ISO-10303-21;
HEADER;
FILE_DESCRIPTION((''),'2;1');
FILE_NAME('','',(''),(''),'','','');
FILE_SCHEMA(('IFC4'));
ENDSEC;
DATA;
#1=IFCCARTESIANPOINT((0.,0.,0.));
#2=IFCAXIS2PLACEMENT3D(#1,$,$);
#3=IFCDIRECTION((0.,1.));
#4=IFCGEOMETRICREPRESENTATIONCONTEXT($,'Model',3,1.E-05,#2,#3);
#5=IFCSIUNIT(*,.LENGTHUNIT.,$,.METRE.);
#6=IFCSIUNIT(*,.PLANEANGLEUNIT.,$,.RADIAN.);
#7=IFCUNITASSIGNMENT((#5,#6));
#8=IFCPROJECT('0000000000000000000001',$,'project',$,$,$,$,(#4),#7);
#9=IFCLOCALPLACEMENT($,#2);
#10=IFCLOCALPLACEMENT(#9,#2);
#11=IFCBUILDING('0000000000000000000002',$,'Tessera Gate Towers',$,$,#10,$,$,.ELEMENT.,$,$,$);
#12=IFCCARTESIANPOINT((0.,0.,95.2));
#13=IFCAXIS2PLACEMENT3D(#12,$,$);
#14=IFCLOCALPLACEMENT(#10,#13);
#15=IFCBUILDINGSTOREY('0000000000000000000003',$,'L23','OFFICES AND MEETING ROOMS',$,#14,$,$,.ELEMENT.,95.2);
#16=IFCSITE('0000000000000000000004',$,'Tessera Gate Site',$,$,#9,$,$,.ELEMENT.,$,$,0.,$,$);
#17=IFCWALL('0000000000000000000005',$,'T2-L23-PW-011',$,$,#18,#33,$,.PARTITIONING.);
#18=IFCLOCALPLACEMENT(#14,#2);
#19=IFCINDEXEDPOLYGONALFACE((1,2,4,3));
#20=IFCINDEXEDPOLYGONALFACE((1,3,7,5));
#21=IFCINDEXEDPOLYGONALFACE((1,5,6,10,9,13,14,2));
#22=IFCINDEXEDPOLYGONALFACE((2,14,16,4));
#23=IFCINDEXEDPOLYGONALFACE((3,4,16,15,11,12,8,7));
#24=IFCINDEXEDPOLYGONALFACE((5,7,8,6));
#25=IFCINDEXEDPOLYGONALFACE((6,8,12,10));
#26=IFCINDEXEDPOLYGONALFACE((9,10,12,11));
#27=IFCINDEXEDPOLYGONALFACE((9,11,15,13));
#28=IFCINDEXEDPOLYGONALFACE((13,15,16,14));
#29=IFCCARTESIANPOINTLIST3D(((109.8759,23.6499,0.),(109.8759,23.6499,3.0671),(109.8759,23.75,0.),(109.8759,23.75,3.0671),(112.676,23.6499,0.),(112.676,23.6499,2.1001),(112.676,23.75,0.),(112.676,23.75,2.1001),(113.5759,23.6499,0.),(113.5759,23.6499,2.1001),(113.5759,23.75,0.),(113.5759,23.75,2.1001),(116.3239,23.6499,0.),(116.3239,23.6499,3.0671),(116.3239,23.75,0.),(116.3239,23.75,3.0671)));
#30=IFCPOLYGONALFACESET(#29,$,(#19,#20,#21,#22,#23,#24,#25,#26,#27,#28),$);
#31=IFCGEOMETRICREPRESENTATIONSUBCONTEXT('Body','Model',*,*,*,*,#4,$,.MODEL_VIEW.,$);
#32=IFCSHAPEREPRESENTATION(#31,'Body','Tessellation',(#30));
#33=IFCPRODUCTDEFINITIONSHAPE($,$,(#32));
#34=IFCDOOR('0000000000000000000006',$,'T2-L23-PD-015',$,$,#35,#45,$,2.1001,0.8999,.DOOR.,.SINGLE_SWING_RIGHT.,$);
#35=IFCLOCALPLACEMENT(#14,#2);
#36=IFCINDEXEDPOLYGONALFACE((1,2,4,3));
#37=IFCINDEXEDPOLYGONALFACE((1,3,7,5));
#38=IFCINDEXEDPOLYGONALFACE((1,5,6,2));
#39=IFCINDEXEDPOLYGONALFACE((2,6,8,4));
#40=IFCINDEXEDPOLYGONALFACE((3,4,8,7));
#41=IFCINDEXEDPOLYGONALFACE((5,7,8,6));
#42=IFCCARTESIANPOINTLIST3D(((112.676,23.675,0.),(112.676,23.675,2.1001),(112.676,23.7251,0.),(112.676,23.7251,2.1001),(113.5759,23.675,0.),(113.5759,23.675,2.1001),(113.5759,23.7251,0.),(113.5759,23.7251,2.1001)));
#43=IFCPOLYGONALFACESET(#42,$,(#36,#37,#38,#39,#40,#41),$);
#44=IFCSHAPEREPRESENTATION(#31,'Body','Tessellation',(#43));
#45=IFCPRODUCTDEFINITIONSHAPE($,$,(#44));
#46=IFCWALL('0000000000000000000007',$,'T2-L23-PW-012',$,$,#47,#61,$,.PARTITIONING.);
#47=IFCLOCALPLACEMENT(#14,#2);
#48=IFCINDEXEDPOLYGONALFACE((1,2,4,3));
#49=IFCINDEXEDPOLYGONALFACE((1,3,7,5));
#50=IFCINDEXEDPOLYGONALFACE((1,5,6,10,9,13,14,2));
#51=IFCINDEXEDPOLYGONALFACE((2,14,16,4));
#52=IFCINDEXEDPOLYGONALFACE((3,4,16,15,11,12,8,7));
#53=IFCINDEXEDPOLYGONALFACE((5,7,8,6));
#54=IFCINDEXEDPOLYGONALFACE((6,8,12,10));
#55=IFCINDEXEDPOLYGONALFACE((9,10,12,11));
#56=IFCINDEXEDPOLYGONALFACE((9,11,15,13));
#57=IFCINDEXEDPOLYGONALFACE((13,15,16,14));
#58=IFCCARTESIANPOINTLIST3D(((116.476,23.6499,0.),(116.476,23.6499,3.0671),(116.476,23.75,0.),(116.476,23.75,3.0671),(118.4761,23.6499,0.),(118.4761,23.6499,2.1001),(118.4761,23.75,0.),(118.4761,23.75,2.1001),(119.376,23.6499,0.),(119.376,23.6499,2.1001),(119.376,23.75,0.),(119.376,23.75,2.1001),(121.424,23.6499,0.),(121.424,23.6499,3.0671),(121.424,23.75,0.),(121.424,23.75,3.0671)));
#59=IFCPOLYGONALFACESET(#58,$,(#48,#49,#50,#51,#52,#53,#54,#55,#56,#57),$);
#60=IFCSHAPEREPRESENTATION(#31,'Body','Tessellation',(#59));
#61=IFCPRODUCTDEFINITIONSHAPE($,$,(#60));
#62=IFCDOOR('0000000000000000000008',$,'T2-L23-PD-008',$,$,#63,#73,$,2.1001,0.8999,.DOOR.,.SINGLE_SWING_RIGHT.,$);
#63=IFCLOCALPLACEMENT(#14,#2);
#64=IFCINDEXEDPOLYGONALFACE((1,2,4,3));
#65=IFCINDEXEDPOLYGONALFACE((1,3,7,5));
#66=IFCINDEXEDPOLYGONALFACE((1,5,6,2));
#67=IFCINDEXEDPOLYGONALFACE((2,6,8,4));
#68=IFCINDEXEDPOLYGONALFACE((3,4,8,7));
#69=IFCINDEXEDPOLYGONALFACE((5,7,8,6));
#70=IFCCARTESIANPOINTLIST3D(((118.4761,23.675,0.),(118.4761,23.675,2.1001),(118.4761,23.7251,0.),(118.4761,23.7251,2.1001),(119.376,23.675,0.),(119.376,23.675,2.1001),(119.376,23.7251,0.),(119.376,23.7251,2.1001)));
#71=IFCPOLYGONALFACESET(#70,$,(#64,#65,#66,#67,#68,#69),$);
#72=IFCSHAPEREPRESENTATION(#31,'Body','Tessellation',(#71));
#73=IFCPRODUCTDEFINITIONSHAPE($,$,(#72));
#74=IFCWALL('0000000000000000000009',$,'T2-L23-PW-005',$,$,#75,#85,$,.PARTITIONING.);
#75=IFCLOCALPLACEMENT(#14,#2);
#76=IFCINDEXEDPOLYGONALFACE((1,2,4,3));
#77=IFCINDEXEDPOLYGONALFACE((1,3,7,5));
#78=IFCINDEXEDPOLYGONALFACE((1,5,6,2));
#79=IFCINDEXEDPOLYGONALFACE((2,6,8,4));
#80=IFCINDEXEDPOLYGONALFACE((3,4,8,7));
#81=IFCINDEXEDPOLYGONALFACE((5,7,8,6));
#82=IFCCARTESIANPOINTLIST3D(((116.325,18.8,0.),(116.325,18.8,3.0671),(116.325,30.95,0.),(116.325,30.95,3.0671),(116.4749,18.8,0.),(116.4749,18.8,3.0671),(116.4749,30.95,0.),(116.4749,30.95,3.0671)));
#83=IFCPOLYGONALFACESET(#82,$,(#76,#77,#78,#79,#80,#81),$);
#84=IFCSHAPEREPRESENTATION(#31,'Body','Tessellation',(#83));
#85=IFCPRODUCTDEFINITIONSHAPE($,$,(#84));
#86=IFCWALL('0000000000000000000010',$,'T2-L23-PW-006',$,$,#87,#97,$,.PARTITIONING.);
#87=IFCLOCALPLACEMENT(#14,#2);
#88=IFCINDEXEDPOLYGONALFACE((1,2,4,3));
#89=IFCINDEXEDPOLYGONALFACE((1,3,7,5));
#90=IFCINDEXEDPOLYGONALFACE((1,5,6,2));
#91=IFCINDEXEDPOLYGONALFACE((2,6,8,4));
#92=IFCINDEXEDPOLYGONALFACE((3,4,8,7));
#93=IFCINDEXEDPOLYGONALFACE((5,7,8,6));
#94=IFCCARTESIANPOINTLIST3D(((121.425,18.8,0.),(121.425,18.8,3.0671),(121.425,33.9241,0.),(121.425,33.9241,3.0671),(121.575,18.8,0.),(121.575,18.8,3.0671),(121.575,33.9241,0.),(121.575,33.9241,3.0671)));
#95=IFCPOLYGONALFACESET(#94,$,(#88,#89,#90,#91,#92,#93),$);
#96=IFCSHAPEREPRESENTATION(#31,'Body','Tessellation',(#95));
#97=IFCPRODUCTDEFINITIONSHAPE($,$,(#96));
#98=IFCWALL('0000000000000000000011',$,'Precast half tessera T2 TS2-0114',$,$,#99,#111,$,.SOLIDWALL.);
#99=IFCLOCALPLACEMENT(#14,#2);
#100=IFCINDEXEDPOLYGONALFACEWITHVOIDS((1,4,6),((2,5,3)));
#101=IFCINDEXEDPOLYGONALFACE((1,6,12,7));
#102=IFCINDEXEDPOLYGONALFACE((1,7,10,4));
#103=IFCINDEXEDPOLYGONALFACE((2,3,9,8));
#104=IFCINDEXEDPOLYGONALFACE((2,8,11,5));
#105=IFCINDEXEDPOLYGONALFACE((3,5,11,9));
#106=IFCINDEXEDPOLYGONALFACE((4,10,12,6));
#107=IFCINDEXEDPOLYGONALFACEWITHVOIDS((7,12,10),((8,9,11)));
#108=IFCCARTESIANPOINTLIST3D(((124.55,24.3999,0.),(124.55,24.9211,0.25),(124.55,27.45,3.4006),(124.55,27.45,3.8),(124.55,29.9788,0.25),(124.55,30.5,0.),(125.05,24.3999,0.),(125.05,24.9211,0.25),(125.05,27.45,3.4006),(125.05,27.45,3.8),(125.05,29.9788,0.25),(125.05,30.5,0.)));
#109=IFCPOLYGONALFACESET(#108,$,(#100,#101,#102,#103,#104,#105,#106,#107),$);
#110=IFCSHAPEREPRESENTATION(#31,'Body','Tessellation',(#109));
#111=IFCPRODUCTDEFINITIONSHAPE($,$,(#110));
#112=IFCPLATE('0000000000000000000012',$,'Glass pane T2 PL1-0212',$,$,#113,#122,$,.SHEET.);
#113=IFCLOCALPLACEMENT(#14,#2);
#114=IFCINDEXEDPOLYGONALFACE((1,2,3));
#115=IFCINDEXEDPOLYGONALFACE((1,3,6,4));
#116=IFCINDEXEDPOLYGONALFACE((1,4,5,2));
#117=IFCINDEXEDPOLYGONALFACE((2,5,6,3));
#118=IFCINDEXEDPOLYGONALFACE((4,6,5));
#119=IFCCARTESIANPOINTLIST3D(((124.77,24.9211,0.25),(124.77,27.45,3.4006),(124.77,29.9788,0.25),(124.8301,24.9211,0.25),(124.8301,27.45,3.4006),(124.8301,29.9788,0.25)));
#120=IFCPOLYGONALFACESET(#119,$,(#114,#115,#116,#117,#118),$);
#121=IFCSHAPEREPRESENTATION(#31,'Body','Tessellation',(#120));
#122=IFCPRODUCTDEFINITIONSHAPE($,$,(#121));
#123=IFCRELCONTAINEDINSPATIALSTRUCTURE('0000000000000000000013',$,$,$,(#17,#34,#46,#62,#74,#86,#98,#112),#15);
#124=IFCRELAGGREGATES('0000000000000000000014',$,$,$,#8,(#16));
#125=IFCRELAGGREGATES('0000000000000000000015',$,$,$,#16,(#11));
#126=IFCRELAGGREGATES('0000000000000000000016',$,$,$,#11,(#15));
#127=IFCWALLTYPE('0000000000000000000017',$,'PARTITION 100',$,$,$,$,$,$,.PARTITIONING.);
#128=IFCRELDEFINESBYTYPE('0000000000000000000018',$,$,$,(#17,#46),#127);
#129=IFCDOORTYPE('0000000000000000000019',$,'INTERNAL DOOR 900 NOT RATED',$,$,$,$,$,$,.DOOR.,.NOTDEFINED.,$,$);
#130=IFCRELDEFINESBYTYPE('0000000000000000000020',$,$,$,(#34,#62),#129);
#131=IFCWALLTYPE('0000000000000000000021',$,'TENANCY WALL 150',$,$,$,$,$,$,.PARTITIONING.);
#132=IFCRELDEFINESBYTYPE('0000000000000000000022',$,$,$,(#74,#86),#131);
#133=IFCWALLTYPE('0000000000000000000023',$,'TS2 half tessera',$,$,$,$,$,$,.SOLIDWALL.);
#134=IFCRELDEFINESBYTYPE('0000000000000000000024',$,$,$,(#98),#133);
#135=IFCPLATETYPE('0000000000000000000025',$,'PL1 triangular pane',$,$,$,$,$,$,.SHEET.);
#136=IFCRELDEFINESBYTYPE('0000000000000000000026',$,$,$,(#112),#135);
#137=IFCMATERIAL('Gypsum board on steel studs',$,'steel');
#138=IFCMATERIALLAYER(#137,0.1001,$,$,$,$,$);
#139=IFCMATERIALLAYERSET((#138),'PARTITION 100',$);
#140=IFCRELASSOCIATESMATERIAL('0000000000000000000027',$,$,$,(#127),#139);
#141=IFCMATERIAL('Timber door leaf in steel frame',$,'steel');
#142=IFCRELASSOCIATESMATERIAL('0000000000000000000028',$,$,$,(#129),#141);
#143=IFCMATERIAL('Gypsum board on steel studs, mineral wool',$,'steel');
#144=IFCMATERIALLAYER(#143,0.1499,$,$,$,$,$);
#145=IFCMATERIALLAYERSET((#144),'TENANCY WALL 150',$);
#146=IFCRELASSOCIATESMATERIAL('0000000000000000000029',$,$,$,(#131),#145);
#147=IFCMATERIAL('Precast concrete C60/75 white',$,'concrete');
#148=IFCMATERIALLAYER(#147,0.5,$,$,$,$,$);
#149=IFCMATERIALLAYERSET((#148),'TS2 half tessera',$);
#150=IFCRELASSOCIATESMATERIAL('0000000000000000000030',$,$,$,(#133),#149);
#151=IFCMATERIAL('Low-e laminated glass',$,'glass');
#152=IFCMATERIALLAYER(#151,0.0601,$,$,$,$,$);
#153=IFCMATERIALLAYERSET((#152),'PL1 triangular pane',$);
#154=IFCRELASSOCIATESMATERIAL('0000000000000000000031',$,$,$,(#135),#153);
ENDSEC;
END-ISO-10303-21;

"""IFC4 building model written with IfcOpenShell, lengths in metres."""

from ifc_helpers import new_model, si_unit, direction, frame, frame_2d, origin, place, context, subcontext, project, spatial, polyline, rectangle, outline, extrude, source, transform, mapped, material, layer, layer_set, type_object, element, fill, save


model = new_model("IFC4")

# Units and contexts
model_context = context("Model", 3, precision=1e-05, world=origin(), true_north=direction((0.0, 1.0)))
body_context = subcontext(model_context, "Body", "Model", "MODEL_VIEW")
ifc_project = project(units=[si_unit("LENGTHUNIT", "METRE"), si_unit("PLANEANGLEUNIT", "RADIAN")], contexts=[model_context])

# Site, building, storey
site_placement = place(None, origin())
site = spatial("IfcSite", under=ifc_project, at=site_placement, Name="Tessera Gate Site", CompositionType="ELEMENT", RefElevation=0.0)
building_placement = place(site_placement, origin())
building = spatial("IfcBuilding", under=site, at=building_placement, Name="Tessera Gate Towers", CompositionType="ELEMENT")
storey_placement = place(building_placement, frame((0.0, 0.0, 95.2)))
storey = spatial("IfcBuildingStorey", under=building, at=storey_placement, Name="L23", Description="OFFICES AND MEETING ROOMS", CompositionType="ELEMENT", Elevation=95.2)

# Walls, openings, doors
ifc_material_1 = material(Name="Gypsum board on steel studs", Category="steel")
ifc_layer_1 = layer(ifc_material_1, 0.1001)
ifc_layer_set_1 = layer_set([ifc_layer_1], Name="PARTITION 100")
wall_type_1 = type_object("IfcWallType", Name="PARTITION 100", PredefinedType="PARTITIONING", material=ifc_layer_set_1)
wall_1_placement = place(storey_placement, frame((116.324, 23.7, 0.0), z_axis=(0.0, 0.0, 1.0), x_axis=(-1.0, 0.0, 0.0)))
wall_1 = element("IfcWall", 1, at=wall_1_placement, inside=storey, type_object=wall_type_1, Name="T2-L23-PW-011", PredefinedType="PARTITIONING", context=body_context, shape_type="SweptSolid", body=[
    extrude(rectangle(XDim=6.448, YDim=0.1001, at=frame_2d((3.2241, 0.0))), origin(), (0.0, 0.0, 1.0), 3.0671),
])
shared_shape_1 = source(origin(), body_context, "Body", "SweptSolid", [
    extrude(rectangle(XDim=0.8999, YDim=2.1001, at=frame_2d((0.45, 1.05))), frame((0.0, 0.0601, 0.0), z_axis=(0.0, -1.0, 0.0), x_axis=(1.0, 0.0, 0.0)), (0.0, 0.0, 1.0), 0.1201),
])
opening_1_placement = place(wall_1_placement, frame((2.748, 0.0, 0.0)))
opening_1 = element("IfcOpeningElement", 2, at=opening_1_placement, cuts=wall_1, PredefinedType="OPENING", context=body_context, shape_type="MappedRepresentation", body=[
    mapped(shared_shape_1, transform((0.0, 0.0, 0.0), scale=1.0)),
])
ifc_material_2 = material(Name="Timber door leaf in steel frame", Category="steel")
door_type = type_object("IfcDoorType", Name="INTERNAL DOOR 900 NOT RATED", OperationType="NOTDEFINED", PredefinedType="DOOR", material=ifc_material_2)
shared_shape_2 = source(origin(), body_context, "Body", "SweptSolid", [
    extrude(rectangle(XDim=0.8999, YDim=2.1001, at=frame_2d((0.45, 1.05))), frame((0.0, 0.0249, 0.0), z_axis=(0.0, -1.0, 0.0), x_axis=(1.0, 0.0, 0.0)), (0.0, 0.0, 1.0), 0.05),
])
door_1_placement = place(opening_1_placement, origin())
door_1 = element("IfcDoor", 3, at=door_1_placement, inside=storey, type_object=door_type, Name="T2-L23-PD-015", OperationType="SINGLE_SWING_RIGHT", OverallHeight=2.1001, OverallWidth=0.8999, PredefinedType="DOOR", context=body_context, shape_type="MappedRepresentation", body=[
    mapped(shared_shape_2, transform((0.0, 0.0, 0.0), scale=1.0)),
])
fill(opening_1, door_1)
wall_2_placement = place(storey_placement, frame((121.4241, 23.7, 0.0), z_axis=(0.0, 0.0, 1.0), x_axis=(-1.0, 0.0, 0.0)))
wall_2 = element("IfcWall", 4, at=wall_2_placement, inside=storey, type_object=wall_type_1, Name="T2-L23-PW-012", PredefinedType="PARTITIONING", context=body_context, shape_type="SweptSolid", body=[
    extrude(rectangle(XDim=4.948, YDim=0.1001, at=frame_2d((2.4741, 0.0))), origin(), (0.0, 0.0, 1.0), 3.0671),
])
opening_2_placement = place(wall_2_placement, frame((2.0481, 0.0, 0.0)))
opening_2 = element("IfcOpeningElement", 5, at=opening_2_placement, cuts=wall_2, PredefinedType="OPENING", context=body_context, shape_type="MappedRepresentation", body=[
    mapped(shared_shape_1, transform((0.0, 0.0, 0.0), scale=1.0)),
])
door_2_placement = place(opening_2_placement, origin())
door_2 = element("IfcDoor", 6, at=door_2_placement, inside=storey, type_object=door_type, Name="T2-L23-PD-008", OperationType="SINGLE_SWING_RIGHT", OverallHeight=2.1001, OverallWidth=0.8999, PredefinedType="DOOR", context=body_context, shape_type="MappedRepresentation", body=[
    mapped(shared_shape_2, transform((0.0, 0.0, 0.0), scale=1.0)),
])
fill(opening_2, door_2)

# Walls
ifc_material_3 = material(Name="Gypsum board on steel studs, mineral wool", Category="steel")
ifc_layer_2 = layer(ifc_material_3, 0.1499)
ifc_layer_set_2 = layer_set([ifc_layer_2], Name="TENANCY WALL 150")
wall_type_2 = type_object("IfcWallType", Name="TENANCY WALL 150", PredefinedType="PARTITIONING", material=ifc_layer_set_2)
wall_3_placement = place(storey_placement, frame((116.3999, 18.8, 0.0), z_axis=(0.0, 0.0, 1.0), x_axis=(0.0, 1.0, 0.0)))
element("IfcWall", 7, at=wall_3_placement, inside=storey, type_object=wall_type_2, Name="T2-L23-PW-005", PredefinedType="PARTITIONING", context=body_context, shape_type="SweptSolid", body=[
    extrude(rectangle(XDim=12.1499, YDim=0.1499, at=frame_2d((6.075, 0.0))), origin(), (0.0, 0.0, 1.0), 3.0671),
])
wall_4_placement = place(storey_placement, frame((121.5, 18.8, 0.0), z_axis=(0.0, 0.0, 1.0), x_axis=(0.0, 1.0, 0.0)))
element("IfcWall", 8, at=wall_4_placement, inside=storey, type_object=wall_type_2, Name="T2-L23-PW-006", PredefinedType="PARTITIONING", context=body_context, shape_type="SweptSolid", body=[
    extrude(rectangle(XDim=15.124, YDim=0.1499, at=frame_2d((7.562, 0.0))), origin(), (0.0, 0.0, 1.0), 3.0671),
])

# Wall, opening, plate
ifc_material_4 = material(Name="Precast concrete C60/75 white", Category="concrete")
ifc_layer_3 = layer(ifc_material_4, 0.5)
ifc_layer_set_3 = layer_set([ifc_layer_3], Name="TS2 half tessera")
wall_type_3 = type_object("IfcWallType", Name="TS2 half tessera", PredefinedType="SOLIDWALL", material=ifc_layer_set_3)
shared_shape_3 = source(origin(), body_context, "Body", "SweptSolid", [
    extrude(outline(polyline([(6.1001, 0.0), (3.05, 3.8), (0.0, 0.0), (6.1001, 0.0)])), frame((0.0, 0.25, 0.0), z_axis=(0.0, -1.0, 0.0), x_axis=(1.0, 0.0, 0.0)), (0.0, 0.0, 1.0), 0.5),
])
wall_5_placement = place(storey_placement, frame((124.8, 24.3999, 0.0), z_axis=(0.0, 0.0, 1.0), x_axis=(0.0, 1.0, 0.0)))
wall_5 = element("IfcWall", 9, at=wall_5_placement, inside=storey, type_object=wall_type_3, Name="Precast half tessera T2 TS2-0114", PredefinedType="SOLIDWALL", context=body_context, shape_type="MappedRepresentation", body=[
    mapped(shared_shape_3, transform((0.0, 0.0, 0.0), scale=1.0)),
])
shared_shape_4 = source(origin(), body_context, "Body", "SweptSolid", [
    extrude(outline(polyline([(5.5789, 0.25), (3.05, 3.4006), (0.5212, 0.25), (5.5789, 0.25)])), frame((0.0, 0.26, 0.0), z_axis=(0.0, -1.0, 0.0), x_axis=(1.0, 0.0, 0.0)), (0.0, 0.0, 1.0), 0.52),
])
opening_3_placement = place(wall_5_placement, origin())
opening_3 = element("IfcOpeningElement", 10, at=opening_3_placement, cuts=wall_5, PredefinedType="OPENING", context=body_context, shape_type="MappedRepresentation", body=[
    mapped(shared_shape_4, transform((0.0, 0.0, 0.0), scale=1.0)),
])
ifc_material_5 = material(Name="Low-e laminated glass", Category="glass")
ifc_layer_4 = layer(ifc_material_5, 0.0601)
ifc_layer_set_4 = layer_set([ifc_layer_4], Name="PL1 triangular pane")
plate_type = type_object("IfcPlateType", Name="PL1 triangular pane", PredefinedType="SHEET", material=ifc_layer_set_4)
shared_shape_5 = source(origin(), body_context, "Body", "SweptSolid", [
    extrude(outline(polyline([(5.5789, 0.25), (3.05, 3.4006), (0.5212, 0.25), (5.5789, 0.25)])), frame((0.0, 0.03, 0.0), z_axis=(0.0, -1.0, 0.0), x_axis=(1.0, 0.0, 0.0)), (0.0, 0.0, 1.0), 0.0601),
])
plate_placement = place(opening_3_placement, origin())
plate = element("IfcPlate", 11, at=plate_placement, inside=storey, type_object=plate_type, Name="Glass pane T2 PL1-0212", PredefinedType="SHEET", context=body_context, shape_type="MappedRepresentation", body=[
    mapped(shared_shape_5, transform((0.0, 0.0, 0.0), scale=1.0)),
])
fill(opening_3, plate)

save(model, "model.ifc")
